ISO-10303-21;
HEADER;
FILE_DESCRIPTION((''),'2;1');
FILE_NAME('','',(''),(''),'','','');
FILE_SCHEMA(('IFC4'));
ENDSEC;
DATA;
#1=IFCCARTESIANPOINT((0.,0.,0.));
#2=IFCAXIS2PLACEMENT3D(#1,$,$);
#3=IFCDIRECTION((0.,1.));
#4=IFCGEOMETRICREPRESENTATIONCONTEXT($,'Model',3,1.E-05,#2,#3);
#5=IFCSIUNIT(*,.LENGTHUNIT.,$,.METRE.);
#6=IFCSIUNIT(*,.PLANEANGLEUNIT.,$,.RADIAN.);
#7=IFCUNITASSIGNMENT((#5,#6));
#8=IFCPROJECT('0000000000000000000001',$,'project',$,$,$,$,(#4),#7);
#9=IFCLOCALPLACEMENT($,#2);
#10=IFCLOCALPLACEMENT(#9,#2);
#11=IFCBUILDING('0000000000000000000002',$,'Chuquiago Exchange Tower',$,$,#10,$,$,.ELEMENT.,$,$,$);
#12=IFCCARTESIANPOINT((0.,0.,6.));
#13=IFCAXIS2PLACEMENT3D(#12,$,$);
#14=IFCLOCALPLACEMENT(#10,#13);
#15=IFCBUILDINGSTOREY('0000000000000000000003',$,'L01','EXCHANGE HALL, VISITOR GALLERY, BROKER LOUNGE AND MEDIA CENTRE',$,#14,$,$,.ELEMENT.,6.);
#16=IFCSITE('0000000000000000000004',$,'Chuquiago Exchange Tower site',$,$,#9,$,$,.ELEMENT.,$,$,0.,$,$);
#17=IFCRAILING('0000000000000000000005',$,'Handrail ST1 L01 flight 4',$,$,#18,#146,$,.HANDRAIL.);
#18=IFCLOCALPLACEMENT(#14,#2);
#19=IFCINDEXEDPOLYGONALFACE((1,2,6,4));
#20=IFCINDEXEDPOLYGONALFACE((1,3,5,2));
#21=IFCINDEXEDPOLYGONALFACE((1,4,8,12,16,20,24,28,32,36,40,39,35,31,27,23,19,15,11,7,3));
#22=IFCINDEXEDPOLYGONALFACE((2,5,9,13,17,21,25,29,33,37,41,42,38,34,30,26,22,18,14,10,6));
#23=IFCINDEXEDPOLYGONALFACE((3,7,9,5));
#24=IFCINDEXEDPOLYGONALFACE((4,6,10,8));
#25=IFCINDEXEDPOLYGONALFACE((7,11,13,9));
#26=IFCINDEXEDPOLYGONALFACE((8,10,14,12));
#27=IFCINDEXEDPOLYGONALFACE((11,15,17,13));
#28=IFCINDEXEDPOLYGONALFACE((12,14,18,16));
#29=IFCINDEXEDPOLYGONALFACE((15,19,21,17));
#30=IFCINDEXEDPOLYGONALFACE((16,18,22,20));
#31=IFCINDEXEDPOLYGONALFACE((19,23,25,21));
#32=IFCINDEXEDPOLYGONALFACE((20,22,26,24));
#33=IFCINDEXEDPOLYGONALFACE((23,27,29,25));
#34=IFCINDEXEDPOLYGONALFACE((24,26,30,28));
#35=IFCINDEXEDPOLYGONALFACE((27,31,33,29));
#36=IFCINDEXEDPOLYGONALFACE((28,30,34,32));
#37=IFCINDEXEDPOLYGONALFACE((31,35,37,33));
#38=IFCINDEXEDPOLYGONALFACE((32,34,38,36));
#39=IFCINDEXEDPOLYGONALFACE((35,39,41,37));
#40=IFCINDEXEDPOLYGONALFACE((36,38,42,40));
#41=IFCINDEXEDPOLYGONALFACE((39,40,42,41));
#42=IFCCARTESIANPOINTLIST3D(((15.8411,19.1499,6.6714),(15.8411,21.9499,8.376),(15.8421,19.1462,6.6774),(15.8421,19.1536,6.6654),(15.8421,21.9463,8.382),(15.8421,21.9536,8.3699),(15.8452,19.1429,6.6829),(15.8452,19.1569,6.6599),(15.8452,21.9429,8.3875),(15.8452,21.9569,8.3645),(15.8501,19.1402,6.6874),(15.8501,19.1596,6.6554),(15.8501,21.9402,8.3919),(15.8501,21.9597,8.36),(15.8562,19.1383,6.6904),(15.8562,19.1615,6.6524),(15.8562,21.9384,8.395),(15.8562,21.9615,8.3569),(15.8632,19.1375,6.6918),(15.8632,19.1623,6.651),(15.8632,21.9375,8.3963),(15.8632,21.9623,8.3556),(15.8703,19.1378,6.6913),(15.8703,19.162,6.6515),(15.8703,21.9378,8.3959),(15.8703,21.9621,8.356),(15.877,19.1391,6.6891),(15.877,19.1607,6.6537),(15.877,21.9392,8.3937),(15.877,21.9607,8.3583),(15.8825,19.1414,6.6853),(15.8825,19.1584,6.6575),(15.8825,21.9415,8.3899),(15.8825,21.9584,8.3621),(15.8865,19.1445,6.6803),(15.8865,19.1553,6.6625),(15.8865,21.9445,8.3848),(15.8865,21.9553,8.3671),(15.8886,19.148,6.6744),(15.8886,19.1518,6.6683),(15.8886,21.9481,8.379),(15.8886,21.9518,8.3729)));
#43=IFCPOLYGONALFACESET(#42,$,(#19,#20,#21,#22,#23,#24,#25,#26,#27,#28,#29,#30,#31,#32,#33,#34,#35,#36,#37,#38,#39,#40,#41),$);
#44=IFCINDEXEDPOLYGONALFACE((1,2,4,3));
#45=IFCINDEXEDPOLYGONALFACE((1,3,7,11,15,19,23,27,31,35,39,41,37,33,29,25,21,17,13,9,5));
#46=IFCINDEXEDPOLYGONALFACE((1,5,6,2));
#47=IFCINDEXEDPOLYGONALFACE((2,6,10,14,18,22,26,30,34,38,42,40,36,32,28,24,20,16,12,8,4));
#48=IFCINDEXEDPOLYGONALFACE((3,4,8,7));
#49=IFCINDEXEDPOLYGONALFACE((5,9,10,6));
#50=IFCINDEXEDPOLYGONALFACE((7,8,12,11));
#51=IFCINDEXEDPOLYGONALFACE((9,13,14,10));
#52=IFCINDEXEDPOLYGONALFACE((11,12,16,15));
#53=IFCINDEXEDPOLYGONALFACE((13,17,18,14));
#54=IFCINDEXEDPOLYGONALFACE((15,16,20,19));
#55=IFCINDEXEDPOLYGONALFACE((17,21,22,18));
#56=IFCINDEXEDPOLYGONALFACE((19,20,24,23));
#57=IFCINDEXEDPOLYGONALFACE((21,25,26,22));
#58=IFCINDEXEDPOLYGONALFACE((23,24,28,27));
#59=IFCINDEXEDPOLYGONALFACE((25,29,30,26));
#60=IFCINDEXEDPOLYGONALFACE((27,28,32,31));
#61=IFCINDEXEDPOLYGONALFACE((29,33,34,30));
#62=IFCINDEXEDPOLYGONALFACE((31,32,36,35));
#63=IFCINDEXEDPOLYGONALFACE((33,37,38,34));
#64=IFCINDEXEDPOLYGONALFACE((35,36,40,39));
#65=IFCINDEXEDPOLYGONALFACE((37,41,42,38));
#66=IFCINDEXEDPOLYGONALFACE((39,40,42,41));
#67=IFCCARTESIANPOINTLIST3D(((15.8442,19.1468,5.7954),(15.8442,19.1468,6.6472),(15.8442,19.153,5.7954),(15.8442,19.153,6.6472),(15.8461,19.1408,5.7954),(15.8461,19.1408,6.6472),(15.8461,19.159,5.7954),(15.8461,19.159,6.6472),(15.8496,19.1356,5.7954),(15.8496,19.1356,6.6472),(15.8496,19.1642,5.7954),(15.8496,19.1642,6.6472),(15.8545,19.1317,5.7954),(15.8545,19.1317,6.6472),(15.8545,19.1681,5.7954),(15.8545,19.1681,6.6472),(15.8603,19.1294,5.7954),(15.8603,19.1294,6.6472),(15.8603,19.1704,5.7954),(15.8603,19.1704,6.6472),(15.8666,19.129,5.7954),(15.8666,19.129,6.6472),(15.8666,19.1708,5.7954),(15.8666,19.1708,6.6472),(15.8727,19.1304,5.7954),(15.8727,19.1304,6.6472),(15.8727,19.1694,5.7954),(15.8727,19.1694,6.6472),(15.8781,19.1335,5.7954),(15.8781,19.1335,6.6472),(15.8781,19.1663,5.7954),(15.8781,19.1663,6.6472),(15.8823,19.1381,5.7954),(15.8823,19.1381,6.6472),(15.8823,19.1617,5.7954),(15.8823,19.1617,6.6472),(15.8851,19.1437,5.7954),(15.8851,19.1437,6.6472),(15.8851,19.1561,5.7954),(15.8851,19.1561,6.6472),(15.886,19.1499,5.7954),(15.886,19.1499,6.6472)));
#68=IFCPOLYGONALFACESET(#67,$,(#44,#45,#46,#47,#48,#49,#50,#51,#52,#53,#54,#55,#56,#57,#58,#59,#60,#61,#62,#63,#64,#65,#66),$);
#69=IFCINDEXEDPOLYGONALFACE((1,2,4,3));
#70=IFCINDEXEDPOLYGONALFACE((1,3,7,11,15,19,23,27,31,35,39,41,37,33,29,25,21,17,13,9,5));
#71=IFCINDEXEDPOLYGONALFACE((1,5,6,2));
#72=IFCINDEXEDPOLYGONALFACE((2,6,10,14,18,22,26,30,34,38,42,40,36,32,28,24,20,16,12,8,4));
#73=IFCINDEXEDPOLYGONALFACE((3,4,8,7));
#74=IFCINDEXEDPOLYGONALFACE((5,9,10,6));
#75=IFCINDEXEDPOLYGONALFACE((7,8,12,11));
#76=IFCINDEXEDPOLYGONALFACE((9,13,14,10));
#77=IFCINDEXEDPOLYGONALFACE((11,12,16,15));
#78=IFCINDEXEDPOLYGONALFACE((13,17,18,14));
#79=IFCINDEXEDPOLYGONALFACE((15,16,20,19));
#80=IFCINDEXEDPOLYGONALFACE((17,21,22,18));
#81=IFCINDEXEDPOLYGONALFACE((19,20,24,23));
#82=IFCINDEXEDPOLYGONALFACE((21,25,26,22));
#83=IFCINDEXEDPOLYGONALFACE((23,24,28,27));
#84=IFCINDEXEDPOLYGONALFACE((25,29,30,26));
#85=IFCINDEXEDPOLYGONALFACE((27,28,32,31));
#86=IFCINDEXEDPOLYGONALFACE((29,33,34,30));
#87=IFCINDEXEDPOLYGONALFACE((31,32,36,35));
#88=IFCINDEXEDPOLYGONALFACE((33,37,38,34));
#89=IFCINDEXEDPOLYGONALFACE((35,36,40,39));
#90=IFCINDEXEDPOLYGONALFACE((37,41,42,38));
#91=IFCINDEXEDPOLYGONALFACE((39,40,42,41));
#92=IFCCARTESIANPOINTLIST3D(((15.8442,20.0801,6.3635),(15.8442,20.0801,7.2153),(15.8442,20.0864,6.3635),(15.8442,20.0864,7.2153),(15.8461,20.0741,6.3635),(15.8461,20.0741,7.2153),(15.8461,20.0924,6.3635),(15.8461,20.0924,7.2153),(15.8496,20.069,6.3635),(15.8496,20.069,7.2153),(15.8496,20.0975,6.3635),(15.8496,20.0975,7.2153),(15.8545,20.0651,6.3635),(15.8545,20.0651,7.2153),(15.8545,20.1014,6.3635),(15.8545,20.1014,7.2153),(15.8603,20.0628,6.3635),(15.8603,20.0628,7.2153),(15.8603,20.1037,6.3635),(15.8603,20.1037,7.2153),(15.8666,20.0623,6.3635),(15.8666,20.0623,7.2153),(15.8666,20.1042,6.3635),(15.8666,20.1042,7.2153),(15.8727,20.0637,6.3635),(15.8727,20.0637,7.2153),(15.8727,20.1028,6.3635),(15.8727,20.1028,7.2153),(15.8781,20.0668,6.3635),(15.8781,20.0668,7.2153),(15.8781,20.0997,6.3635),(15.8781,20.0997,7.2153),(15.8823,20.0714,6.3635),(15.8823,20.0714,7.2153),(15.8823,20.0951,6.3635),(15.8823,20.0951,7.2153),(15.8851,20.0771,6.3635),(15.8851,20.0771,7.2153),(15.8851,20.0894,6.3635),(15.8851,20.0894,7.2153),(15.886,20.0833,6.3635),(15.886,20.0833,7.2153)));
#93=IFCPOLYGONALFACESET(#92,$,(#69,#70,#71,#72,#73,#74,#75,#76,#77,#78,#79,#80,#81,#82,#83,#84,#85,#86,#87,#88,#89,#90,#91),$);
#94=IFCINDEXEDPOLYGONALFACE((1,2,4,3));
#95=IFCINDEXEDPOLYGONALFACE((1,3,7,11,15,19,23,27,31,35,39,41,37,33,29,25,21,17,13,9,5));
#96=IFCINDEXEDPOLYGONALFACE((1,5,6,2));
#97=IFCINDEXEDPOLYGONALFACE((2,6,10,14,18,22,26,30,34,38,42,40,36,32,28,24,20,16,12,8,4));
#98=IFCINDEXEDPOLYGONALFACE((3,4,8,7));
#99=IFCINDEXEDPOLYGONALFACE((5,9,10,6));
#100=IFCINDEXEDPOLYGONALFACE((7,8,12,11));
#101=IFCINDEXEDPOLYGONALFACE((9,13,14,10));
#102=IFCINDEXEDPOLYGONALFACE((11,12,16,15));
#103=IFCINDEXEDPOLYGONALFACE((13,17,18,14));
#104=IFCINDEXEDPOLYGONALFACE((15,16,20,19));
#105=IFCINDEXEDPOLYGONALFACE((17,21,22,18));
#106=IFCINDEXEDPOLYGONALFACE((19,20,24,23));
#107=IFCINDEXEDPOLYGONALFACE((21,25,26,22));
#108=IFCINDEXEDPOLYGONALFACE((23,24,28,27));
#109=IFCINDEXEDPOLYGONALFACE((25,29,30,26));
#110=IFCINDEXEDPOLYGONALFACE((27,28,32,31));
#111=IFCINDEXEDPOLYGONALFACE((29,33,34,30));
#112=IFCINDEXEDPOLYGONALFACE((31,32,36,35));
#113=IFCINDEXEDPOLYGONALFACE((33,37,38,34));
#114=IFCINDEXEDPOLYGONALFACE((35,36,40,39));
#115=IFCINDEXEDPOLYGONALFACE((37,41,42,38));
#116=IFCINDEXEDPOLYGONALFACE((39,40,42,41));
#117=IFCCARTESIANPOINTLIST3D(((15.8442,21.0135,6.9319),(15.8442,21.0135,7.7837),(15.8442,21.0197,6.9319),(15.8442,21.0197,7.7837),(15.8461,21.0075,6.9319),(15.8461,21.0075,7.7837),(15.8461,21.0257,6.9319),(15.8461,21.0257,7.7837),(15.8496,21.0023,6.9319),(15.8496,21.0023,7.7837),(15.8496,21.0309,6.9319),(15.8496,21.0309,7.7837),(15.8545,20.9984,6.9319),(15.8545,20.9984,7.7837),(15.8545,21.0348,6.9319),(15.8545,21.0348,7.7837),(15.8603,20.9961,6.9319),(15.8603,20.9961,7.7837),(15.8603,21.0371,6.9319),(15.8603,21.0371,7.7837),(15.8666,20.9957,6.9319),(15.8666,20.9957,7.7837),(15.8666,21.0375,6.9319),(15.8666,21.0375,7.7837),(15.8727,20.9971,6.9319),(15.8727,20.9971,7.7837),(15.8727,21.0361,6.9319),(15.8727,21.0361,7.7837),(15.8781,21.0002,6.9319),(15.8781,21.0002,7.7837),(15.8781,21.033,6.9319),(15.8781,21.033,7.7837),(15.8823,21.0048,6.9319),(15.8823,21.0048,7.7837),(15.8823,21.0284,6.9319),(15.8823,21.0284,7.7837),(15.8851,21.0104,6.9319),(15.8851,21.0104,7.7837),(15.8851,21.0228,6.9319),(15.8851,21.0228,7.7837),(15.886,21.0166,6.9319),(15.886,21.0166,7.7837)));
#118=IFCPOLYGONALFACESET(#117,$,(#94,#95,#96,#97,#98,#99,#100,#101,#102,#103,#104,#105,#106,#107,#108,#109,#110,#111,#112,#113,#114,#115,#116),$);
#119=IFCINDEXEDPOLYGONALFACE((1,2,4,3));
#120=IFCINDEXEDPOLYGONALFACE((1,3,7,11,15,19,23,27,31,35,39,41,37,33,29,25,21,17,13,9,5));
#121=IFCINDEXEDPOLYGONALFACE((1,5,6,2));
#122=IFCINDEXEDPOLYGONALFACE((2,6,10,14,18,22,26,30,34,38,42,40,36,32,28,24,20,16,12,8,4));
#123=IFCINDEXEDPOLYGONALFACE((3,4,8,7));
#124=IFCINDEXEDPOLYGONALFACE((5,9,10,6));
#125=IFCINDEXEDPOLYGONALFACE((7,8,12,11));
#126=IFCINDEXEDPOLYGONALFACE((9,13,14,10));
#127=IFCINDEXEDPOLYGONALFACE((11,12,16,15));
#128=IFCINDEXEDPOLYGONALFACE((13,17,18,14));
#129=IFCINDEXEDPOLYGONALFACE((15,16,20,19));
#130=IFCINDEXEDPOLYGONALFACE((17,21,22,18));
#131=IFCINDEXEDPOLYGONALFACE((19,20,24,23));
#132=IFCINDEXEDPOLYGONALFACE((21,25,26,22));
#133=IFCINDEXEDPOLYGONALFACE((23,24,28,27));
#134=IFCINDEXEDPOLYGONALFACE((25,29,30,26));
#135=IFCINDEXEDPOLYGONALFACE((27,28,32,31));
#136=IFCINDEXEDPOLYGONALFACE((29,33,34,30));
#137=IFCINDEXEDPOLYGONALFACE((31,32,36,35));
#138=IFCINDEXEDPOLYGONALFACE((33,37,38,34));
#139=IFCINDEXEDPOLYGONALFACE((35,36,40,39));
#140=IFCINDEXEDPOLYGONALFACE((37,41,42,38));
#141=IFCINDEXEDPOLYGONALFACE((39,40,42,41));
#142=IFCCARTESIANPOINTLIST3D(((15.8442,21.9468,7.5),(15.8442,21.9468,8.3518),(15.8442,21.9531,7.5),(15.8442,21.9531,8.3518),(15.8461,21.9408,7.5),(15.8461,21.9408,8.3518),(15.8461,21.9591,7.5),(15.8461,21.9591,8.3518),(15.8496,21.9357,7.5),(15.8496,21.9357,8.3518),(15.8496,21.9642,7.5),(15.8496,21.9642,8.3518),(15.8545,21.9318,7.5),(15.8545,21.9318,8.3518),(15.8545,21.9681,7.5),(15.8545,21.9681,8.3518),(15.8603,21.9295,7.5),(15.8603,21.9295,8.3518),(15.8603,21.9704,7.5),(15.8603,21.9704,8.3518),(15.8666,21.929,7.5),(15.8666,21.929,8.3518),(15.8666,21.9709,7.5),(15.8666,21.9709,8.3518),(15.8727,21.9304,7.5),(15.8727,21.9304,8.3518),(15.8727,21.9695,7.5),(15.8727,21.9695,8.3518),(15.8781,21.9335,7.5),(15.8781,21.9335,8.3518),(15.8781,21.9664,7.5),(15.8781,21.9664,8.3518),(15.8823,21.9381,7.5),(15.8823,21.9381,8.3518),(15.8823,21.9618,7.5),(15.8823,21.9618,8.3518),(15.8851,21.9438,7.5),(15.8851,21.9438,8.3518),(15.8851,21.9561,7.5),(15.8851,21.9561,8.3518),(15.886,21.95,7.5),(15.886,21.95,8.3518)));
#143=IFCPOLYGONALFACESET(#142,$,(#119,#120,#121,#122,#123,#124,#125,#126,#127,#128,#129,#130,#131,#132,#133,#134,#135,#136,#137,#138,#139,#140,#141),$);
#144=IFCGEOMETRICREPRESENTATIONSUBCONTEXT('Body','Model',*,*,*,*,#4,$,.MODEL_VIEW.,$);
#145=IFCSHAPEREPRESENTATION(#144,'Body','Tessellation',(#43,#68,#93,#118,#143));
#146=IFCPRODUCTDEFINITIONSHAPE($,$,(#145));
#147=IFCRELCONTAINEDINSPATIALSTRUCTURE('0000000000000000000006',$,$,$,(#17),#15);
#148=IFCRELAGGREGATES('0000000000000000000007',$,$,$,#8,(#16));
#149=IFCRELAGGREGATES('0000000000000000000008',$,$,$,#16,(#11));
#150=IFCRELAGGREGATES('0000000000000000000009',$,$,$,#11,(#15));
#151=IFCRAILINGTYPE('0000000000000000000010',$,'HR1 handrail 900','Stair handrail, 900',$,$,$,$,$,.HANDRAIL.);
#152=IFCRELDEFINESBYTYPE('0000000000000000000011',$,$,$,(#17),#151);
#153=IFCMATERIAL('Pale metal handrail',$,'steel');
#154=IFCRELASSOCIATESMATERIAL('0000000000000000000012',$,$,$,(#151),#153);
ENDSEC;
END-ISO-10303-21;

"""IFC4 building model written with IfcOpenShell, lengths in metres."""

from ifc_helpers import new_model, si_unit, direction, frame, origin, origin_2d, place, context, subcontext, project, spatial, circle, extrude, material, type_object, element, save


model = new_model("IFC4")

# Units and contexts
model_context = context("Model", 3, precision=1e-05, world=origin(), true_north=direction((0.0, 1.0)))
body_context = subcontext(model_context, "Body", "Model", "MODEL_VIEW")
ifc_project = project(units=[si_unit("LENGTHUNIT", "METRE"), si_unit("PLANEANGLEUNIT", "RADIAN")], contexts=[model_context])

# Site, building, storey
site_placement = place(None, origin())
site = spatial("IfcSite", under=ifc_project, at=site_placement, Name="Chuquiago Exchange Tower site", CompositionType="ELEMENT", RefElevation=0.0)
building_placement = place(site_placement, origin())
building = spatial("IfcBuilding", under=site, at=building_placement, Name="Chuquiago Exchange Tower", CompositionType="ELEMENT")
storey_placement = place(building_placement, frame((0.0, 0.0, 6.0)))
storey = spatial("IfcBuildingStorey", under=building, at=storey_placement, Name="L01", Description="EXCHANGE HALL, VISITOR GALLERY, BROKER LOUNGE AND MEDIA CENTRE", CompositionType="ELEMENT", Elevation=6.0)

# Railing
ifc_material_1 = material(Name="Pale metal handrail", Category="steel")
railing_type_1 = type_object("IfcRailingType", Name="HR1 handrail 900", Description="Stair handrail, 900", PredefinedType="HANDRAIL", material=ifc_material_1)
for number, where, name in (
    (1, (15.865, 19.1499, 5.7954), "Handrail ST1 L01 flight 4"),
):
    element("IfcRailing", number, at=place(storey_placement, frame(where)), inside=storey, type_object=railing_type_1, Name=name, PredefinedType="HANDRAIL", context=body_context, shape_type="SweptSolid", body=[
        extrude(circle(Radius=0.0239, at=origin_2d()), frame((0.0, 0.0, 0.876), z_axis=(0.0, 0.85417, 0.519994), x_axis=(-1.0, 0.0, 0.0)), (0.0, 0.0, 1.0), 3.2781),
        extrude(circle(Radius=0.021, at=origin_2d()), origin(), (0.0, 0.0, 1.0), 0.8518),
        extrude(circle(Radius=0.021, at=origin_2d()), frame((0.0, 0.9333, 0.5681)), (0.0, 0.0, 1.0), 0.8518),
        extrude(circle(Radius=0.021, at=origin_2d()), frame((0.0, 1.8667, 1.1365)), (0.0, 0.0, 1.0), 0.8518),
        extrude(circle(Radius=0.021, at=origin_2d()), frame((0.0, 2.8, 1.7046)), (0.0, 0.0, 1.0), 0.8518),
    ])

save(model, "model.ifc")
